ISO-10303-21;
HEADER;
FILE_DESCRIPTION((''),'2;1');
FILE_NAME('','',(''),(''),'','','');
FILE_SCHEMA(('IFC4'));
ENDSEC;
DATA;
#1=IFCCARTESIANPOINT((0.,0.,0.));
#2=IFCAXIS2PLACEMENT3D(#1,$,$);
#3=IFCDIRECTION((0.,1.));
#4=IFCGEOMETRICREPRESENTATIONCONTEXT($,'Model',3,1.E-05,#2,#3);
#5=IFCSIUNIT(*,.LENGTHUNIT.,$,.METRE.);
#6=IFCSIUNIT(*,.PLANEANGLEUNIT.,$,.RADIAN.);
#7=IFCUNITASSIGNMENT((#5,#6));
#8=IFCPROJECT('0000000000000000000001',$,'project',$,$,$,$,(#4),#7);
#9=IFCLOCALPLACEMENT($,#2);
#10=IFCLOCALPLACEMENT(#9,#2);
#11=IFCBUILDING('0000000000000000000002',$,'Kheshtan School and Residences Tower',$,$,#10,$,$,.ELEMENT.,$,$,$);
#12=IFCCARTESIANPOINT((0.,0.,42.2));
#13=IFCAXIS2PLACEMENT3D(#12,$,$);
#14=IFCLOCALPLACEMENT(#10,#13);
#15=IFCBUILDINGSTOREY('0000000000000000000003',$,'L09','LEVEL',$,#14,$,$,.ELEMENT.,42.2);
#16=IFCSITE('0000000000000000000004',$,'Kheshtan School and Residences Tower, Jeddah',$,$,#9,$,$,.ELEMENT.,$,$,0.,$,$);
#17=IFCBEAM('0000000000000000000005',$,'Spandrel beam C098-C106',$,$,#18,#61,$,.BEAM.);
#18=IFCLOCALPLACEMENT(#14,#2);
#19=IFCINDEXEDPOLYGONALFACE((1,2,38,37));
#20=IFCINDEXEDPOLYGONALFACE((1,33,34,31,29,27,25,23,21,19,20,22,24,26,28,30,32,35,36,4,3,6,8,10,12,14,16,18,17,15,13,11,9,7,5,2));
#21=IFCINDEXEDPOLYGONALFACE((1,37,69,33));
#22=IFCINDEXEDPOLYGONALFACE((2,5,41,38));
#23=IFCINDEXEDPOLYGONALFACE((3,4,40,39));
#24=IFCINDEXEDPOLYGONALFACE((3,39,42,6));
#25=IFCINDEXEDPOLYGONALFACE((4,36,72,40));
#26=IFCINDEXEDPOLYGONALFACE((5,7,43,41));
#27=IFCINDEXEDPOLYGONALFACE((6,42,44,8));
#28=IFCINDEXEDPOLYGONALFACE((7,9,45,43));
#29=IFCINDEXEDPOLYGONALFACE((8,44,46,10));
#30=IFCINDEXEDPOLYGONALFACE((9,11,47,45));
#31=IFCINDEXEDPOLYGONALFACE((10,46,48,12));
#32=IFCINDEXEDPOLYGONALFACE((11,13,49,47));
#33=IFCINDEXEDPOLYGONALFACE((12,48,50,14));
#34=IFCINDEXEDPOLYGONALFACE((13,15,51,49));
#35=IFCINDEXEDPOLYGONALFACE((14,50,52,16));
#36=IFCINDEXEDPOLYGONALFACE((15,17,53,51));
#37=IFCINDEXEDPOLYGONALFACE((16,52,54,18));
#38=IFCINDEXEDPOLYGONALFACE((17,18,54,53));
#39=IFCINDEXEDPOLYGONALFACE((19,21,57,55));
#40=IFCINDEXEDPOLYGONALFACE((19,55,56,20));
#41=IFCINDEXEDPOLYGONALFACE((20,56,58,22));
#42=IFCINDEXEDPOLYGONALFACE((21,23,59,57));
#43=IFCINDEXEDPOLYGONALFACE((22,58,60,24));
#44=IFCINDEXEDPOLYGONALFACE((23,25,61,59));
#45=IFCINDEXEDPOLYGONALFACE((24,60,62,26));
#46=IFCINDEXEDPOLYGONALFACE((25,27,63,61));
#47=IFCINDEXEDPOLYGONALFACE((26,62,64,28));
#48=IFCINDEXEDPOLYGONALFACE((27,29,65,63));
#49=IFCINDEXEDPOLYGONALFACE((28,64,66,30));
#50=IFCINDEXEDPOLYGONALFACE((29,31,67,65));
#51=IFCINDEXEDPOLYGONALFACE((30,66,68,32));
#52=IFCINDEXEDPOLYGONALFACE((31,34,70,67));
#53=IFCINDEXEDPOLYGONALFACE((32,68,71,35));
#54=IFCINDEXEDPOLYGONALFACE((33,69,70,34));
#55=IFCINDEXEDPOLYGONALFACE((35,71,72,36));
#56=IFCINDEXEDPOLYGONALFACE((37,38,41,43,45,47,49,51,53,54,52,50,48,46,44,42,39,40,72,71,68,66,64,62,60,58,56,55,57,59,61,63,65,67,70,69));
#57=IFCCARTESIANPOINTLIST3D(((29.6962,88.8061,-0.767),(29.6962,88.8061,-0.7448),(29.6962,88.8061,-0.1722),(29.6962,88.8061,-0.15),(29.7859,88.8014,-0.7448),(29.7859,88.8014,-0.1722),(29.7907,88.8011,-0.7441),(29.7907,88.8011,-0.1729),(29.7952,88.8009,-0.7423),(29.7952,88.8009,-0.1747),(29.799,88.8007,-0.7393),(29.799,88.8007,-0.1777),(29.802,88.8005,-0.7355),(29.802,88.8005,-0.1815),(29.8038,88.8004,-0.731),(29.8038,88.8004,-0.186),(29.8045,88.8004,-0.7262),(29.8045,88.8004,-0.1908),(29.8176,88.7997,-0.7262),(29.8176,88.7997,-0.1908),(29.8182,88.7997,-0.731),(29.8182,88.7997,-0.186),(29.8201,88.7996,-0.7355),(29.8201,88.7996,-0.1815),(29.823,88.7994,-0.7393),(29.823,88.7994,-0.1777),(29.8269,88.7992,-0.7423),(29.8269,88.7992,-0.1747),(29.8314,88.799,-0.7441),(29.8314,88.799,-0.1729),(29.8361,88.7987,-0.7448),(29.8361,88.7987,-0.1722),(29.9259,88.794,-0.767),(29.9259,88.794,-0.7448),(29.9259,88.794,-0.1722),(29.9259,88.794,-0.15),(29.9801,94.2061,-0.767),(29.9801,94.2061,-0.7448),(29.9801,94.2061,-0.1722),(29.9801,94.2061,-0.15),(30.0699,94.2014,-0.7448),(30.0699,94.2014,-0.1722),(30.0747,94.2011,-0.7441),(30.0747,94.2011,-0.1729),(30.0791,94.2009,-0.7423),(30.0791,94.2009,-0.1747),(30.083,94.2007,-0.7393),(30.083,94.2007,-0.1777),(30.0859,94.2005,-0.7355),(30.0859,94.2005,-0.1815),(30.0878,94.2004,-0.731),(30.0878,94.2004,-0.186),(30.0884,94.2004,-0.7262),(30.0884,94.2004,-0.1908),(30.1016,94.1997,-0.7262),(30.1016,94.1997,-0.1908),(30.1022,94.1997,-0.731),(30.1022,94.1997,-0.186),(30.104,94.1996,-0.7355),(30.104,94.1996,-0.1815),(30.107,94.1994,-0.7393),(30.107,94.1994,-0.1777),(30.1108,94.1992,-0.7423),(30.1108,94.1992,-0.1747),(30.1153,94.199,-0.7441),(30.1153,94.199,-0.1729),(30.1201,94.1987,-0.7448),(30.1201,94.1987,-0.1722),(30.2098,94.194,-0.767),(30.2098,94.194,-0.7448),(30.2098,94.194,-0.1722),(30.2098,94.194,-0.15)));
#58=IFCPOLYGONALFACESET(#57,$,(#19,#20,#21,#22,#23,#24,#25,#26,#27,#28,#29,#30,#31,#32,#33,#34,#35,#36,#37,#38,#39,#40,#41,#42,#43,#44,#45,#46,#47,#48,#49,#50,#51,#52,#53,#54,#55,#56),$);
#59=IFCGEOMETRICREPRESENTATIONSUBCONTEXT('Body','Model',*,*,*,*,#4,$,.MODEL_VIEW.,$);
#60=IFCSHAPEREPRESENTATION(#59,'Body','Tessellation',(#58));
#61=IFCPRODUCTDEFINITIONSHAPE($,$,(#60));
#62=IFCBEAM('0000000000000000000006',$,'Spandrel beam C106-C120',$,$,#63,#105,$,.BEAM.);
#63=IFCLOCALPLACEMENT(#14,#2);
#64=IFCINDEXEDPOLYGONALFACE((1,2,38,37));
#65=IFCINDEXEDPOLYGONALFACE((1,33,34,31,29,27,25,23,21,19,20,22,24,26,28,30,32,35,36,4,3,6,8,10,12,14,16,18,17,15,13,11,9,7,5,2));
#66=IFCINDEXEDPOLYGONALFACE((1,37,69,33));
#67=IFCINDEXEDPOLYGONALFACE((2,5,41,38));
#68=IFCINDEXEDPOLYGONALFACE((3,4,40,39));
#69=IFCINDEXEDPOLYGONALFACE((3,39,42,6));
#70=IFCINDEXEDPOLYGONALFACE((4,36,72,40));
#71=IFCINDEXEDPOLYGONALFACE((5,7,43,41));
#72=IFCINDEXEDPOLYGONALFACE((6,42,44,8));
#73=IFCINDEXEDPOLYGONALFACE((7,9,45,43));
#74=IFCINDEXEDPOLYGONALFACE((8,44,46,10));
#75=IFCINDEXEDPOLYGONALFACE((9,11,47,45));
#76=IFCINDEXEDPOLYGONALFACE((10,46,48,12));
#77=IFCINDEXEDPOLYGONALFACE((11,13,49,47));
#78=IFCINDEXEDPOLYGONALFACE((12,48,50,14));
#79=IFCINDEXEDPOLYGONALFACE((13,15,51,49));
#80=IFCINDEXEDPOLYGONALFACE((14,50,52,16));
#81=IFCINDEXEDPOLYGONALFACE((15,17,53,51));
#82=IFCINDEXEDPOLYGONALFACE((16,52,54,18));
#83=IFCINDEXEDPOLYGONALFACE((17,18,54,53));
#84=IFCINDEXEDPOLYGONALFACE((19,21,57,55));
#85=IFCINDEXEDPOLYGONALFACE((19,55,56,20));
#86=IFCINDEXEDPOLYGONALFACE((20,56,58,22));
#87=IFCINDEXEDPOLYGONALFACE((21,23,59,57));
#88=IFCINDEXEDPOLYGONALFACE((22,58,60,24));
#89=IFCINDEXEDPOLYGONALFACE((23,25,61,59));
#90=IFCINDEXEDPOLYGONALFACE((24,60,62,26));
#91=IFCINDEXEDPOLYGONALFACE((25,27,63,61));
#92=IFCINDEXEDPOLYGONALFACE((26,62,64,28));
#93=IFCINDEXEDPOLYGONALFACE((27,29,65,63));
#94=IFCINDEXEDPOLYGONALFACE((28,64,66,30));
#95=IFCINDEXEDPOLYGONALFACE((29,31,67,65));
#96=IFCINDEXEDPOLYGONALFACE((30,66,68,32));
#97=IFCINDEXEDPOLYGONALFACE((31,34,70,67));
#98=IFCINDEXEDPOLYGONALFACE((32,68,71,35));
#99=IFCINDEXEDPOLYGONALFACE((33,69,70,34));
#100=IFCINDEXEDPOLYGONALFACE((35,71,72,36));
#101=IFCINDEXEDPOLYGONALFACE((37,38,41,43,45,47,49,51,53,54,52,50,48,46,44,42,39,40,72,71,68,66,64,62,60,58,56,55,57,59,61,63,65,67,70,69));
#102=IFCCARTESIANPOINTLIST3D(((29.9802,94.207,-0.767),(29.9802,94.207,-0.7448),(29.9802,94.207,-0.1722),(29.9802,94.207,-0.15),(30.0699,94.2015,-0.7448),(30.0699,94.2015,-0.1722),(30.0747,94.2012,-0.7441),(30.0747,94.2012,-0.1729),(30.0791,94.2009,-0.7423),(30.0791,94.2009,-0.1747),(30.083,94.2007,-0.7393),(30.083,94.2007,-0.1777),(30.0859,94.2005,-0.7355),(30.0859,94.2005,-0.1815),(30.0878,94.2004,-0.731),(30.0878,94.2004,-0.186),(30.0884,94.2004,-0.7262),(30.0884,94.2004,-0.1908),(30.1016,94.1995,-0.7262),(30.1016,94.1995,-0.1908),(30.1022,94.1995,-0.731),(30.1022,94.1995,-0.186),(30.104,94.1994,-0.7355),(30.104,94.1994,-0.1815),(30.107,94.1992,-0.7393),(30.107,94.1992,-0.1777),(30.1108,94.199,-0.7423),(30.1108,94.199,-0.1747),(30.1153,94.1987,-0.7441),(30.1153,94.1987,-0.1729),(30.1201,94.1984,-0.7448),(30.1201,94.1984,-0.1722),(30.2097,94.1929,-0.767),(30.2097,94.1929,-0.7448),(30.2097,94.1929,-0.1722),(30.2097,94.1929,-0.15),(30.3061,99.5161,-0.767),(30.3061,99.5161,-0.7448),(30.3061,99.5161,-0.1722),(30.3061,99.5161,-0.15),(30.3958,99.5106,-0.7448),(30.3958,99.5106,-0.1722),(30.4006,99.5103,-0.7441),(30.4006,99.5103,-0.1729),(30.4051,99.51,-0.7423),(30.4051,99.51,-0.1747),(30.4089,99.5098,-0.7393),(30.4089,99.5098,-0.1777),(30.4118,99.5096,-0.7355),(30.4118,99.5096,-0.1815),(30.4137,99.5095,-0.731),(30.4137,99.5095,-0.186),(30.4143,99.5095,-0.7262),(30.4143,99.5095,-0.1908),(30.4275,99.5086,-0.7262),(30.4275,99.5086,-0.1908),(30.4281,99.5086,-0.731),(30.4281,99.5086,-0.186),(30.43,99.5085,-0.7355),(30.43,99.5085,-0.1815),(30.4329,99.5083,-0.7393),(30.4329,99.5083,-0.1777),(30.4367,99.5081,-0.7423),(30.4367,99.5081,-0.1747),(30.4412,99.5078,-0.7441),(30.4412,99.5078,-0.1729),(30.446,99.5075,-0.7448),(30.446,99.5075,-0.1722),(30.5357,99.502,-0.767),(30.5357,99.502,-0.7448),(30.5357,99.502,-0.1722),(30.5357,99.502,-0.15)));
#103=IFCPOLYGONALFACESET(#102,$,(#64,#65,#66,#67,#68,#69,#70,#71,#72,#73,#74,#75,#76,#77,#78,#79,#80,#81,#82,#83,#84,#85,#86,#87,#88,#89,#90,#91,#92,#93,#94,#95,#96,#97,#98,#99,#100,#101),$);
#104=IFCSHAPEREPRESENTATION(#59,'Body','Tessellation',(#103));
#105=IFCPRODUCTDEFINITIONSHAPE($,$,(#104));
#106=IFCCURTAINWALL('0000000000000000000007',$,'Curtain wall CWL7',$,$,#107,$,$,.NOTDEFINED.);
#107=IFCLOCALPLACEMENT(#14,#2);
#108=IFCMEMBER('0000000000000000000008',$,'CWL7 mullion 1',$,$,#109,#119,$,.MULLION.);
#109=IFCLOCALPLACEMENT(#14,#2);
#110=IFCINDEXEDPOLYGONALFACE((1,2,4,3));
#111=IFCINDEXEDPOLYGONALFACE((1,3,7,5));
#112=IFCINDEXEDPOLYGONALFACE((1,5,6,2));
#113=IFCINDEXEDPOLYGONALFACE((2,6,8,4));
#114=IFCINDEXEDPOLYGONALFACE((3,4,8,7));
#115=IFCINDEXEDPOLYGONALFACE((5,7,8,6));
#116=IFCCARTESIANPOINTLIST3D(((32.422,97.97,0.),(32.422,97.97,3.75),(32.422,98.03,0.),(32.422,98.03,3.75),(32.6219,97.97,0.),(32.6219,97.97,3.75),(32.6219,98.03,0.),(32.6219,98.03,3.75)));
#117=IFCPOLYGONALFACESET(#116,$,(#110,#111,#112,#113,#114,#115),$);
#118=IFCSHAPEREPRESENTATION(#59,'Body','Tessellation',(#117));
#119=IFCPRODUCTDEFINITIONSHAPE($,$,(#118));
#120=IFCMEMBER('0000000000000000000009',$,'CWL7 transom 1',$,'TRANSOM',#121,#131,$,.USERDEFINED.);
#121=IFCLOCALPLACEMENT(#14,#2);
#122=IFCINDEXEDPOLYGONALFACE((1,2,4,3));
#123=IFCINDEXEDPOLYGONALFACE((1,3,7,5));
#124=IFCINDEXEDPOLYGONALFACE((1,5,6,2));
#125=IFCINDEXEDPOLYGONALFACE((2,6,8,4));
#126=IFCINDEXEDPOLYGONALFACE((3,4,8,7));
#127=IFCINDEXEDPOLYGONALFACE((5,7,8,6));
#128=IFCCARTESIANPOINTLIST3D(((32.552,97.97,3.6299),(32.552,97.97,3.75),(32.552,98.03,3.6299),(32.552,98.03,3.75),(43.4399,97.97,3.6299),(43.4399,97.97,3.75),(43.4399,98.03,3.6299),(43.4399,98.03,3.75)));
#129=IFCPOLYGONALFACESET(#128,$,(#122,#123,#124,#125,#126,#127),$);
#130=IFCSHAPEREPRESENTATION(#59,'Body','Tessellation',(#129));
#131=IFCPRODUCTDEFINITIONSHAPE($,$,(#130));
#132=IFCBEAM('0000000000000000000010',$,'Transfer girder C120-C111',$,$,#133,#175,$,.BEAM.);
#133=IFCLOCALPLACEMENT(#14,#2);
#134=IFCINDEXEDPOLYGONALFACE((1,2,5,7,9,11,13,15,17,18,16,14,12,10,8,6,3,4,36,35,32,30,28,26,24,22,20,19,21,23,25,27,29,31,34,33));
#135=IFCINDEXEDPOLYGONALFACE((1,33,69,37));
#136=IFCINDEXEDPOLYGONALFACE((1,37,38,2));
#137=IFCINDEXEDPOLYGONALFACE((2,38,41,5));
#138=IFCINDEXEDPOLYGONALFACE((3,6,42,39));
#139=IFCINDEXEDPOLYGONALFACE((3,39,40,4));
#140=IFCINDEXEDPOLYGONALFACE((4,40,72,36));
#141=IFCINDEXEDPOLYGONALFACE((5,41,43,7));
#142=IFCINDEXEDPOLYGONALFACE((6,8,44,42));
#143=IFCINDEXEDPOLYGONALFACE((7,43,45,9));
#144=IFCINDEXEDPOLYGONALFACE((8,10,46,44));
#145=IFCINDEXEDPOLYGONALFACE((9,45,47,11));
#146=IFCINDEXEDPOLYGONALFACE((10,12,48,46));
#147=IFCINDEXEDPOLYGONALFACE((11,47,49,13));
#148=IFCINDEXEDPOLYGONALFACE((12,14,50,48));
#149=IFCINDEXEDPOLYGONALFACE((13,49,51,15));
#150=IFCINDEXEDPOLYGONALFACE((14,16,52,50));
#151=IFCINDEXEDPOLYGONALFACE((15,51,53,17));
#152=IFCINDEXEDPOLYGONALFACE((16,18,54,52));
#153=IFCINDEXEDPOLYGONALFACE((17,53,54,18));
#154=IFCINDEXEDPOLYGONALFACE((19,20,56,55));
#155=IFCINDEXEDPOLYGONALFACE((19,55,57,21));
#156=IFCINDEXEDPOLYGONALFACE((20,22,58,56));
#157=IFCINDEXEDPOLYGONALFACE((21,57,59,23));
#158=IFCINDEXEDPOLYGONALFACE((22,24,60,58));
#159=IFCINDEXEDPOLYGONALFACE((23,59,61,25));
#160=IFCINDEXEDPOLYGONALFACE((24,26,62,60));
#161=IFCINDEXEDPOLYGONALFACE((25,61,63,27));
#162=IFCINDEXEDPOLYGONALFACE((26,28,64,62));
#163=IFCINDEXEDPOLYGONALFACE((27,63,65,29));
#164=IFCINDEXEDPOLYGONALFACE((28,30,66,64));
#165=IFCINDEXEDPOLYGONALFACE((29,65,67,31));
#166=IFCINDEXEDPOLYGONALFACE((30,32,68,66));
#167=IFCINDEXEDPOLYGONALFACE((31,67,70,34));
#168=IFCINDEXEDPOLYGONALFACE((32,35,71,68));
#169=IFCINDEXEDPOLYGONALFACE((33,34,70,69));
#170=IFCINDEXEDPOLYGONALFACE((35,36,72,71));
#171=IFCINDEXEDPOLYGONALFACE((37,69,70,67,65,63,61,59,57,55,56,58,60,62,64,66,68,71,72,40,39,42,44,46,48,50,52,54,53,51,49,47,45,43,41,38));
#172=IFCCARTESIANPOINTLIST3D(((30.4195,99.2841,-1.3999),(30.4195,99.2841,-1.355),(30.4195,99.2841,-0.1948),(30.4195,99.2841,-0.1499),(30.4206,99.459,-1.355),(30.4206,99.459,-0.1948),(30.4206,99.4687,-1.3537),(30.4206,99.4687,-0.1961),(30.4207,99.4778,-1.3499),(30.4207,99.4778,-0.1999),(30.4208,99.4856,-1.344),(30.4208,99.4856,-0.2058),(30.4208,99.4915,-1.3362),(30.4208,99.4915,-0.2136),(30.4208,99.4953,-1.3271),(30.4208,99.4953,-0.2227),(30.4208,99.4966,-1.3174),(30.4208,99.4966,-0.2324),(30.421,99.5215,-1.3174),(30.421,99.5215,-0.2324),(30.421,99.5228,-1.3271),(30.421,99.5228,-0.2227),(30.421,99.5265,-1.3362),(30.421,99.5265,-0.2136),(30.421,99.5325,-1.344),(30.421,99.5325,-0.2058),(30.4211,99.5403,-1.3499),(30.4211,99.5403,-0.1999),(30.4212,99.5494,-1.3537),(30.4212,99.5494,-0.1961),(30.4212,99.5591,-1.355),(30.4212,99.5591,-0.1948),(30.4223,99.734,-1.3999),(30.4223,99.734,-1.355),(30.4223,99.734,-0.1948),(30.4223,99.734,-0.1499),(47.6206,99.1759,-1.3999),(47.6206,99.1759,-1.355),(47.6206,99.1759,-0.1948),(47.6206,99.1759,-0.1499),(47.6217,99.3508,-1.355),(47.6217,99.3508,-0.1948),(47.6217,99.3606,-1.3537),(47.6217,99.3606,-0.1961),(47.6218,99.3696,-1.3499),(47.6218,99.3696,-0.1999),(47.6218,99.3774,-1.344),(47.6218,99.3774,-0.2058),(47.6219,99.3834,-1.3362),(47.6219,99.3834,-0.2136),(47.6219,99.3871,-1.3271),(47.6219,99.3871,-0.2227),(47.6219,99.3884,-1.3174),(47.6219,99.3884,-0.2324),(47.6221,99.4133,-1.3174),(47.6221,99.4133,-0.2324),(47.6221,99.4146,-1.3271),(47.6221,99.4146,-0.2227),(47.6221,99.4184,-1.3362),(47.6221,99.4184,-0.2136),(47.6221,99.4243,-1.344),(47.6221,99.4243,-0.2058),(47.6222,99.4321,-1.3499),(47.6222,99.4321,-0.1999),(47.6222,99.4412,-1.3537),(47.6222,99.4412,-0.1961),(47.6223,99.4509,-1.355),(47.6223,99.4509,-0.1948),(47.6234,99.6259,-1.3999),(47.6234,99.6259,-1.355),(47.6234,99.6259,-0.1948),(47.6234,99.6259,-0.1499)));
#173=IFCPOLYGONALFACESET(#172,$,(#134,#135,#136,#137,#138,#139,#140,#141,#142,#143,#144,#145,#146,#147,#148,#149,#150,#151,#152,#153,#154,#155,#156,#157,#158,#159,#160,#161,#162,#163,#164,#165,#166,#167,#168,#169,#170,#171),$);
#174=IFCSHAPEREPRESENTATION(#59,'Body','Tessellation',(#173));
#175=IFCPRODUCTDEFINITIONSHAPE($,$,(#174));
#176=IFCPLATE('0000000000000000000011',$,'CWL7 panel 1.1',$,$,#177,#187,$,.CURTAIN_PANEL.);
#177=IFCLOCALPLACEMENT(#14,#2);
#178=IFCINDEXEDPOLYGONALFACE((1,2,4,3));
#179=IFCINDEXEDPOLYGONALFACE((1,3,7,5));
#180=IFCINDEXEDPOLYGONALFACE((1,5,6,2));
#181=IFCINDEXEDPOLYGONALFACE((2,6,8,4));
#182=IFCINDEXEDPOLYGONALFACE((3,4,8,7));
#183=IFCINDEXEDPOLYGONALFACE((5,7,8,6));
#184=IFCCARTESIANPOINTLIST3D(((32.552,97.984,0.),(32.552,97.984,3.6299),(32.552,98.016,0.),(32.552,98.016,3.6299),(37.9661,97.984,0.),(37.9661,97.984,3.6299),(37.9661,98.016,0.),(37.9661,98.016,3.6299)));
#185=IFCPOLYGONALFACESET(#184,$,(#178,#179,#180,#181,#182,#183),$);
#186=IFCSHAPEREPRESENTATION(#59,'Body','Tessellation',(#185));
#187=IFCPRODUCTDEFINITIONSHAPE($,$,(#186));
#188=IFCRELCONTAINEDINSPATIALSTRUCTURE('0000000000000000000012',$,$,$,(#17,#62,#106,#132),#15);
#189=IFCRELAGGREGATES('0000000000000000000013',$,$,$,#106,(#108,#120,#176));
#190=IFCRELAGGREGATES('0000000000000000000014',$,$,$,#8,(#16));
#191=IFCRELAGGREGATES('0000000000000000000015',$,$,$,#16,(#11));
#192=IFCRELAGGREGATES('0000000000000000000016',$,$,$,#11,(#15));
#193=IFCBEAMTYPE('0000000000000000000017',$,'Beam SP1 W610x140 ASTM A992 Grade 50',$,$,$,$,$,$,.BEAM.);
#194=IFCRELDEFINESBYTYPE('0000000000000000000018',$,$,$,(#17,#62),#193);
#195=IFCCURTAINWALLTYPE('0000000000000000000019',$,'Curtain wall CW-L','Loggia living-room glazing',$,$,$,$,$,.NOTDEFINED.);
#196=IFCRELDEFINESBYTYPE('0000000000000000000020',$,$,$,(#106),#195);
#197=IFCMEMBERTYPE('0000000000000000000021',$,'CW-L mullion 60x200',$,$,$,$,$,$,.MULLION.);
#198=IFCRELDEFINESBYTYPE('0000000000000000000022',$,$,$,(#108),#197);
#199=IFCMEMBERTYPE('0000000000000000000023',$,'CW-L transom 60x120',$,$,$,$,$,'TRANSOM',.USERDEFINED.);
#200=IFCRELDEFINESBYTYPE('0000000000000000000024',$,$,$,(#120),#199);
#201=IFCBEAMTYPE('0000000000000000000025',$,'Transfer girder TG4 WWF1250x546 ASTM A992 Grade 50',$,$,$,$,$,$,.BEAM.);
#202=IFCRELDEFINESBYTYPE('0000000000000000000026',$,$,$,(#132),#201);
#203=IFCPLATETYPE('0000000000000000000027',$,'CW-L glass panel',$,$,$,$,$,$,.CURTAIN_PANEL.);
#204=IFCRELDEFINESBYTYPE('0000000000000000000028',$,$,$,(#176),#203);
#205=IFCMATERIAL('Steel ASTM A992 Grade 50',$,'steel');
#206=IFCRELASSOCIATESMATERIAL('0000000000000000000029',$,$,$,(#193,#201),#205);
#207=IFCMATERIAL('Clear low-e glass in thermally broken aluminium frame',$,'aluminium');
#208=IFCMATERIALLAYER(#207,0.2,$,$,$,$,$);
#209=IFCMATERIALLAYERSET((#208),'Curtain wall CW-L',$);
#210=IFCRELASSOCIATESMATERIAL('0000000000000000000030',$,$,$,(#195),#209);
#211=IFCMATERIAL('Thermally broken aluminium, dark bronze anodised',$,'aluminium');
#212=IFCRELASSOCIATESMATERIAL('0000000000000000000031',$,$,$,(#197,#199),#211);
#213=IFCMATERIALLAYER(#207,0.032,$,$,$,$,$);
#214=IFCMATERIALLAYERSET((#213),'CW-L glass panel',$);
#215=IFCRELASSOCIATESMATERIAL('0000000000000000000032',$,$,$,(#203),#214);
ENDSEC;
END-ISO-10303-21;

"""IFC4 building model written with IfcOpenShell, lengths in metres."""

from ifc_helpers import new_model, si_unit, direction, frame, origin, origin_2d, place, context, subcontext, project, spatial, rectangle, i_section, extrude, material, layer, layer_set, material_profile, profile_set, type_object, element, aggregate, save


model = new_model("IFC4")

# Units and contexts
model_context = context("Model", 3, precision=1e-05, world=origin(), true_north=direction((0.0, 1.0)))
body_context = subcontext(model_context, "Body", "Model", "MODEL_VIEW")
ifc_project = project(units=[si_unit("LENGTHUNIT", "METRE"), si_unit("PLANEANGLEUNIT", "RADIAN")], contexts=[model_context])

# Site, building, storey
site_placement = place(None, origin())
site = spatial("IfcSite", under=ifc_project, at=site_placement, Name="Kheshtan School and Residences Tower, Jeddah", CompositionType="ELEMENT", RefElevation=0.0)
building_placement = place(site_placement, origin())
building = spatial("IfcBuilding", under=site, at=building_placement, Name="Kheshtan School and Residences Tower", CompositionType="ELEMENT")
storey_placement = place(building_placement, frame((0.0, 0.0, 42.2)))
storey = spatial("IfcBuildingStorey", under=building, at=storey_placement, Name="L09", Description="LEVEL", CompositionType="ELEMENT", Elevation=42.2)

# Shared definitions
ifc_material_1 = material(Name="Steel ASTM A992 Grade 50", Category="steel")

# Beams
ifc_material_profile_1 = material_profile(ifc_material_1, i_section(OverallWidth=0.23, OverallDepth=0.6169, WebThickness=0.0132, FlangeThickness=0.0222, FilletRadius=0.0186, at=origin_2d()), Name="W610x140")
ifc_profile_set_1 = profile_set([ifc_material_profile_1], Name="Steel ASTM A992 Grade 50")
beam_type_1 = type_object("IfcBeamType", Name="Beam SP1 W610x140 ASTM A992 Grade 50", PredefinedType="BEAM", material=ifc_profile_set_1)
beam_1_placement = place(storey_placement, frame((29.811, 88.8, -0.4585), z_axis=(0.052509, 0.99862, 0.0), x_axis=(-0.99862, 0.052509, 0.0)))
element("IfcBeam", 1, at=beam_1_placement, inside=storey, type_object=beam_type_1, Name="Spandrel beam C098-C106", PredefinedType="BEAM", context=body_context, shape_type="SweptSolid", body=[
    extrude(i_section(OverallWidth=0.23, OverallDepth=0.6169, WebThickness=0.0132, FlangeThickness=0.0222, FilletRadius=0.0186, at=origin_2d()), origin(), (0.0, 0.0, 1.0), 5.4075),
])
beam_2_placement = place(storey_placement, frame((30.095, 94.2, -0.4585), z_axis=(0.061275, 0.998121, 0.0), x_axis=(-0.998121, 0.061275, 0.0)))
element("IfcBeam", 2, at=beam_2_placement, inside=storey, type_object=beam_type_1, Name="Spandrel beam C106-C120", PredefinedType="BEAM", context=body_context, shape_type="SweptSolid", body=[
    extrude(i_section(OverallWidth=0.23, OverallDepth=0.6169, WebThickness=0.0132, FlangeThickness=0.0222, FilletRadius=0.0186, at=origin_2d()), origin(), (0.0, 0.0, 1.0), 5.3191),
])

# Curtain wall, members
ifc_material_2 = material(Name="Clear low-e glass in thermally broken aluminium frame", Category="aluminium")
ifc_layer_1 = layer(ifc_material_2, 0.2)
ifc_layer_set_1 = layer_set([ifc_layer_1], Name="Curtain wall CW-L")
curtain_wall_type = type_object("IfcCurtainWallType", Name="Curtain wall CW-L", Description="Loggia living-room glazing", PredefinedType="NOTDEFINED", material=ifc_layer_set_1)
curtain_wall_placement = place(storey_placement, origin())
curtain_wall = element("IfcCurtainWall", 3, at=curtain_wall_placement, inside=storey, type_object=curtain_wall_type, Name="Curtain wall CWL7", PredefinedType="NOTDEFINED")
ifc_material_3 = material(Name="Thermally broken aluminium, dark bronze anodised", Category="aluminium")
ifc_material_profile_2 = material_profile(ifc_material_3, rectangle(XDim=0.0601, YDim=0.2, at=origin_2d()), Name="CW-L mullion 60x200")
ifc_profile_set_2 = profile_set([ifc_material_profile_2], Name="Thermally broken aluminium, dark bronze anodised")
member_type_1 = type_object("IfcMemberType", Name="CW-L mullion 60x200", PredefinedType="MULLION", material=ifc_profile_set_2)
member_1_placement = place(storey_placement, frame((32.522, 98.0, 0.0), z_axis=(0.0, 0.0, 1.0), x_axis=(0.0, 1.0, 0.0)))
member_1 = element("IfcMember", 4, at=member_1_placement, type_object=member_type_1, Name="CWL7 mullion 1", PredefinedType="MULLION", context=body_context, shape_type="SweptSolid", body=[
    extrude(rectangle(XDim=0.0601, YDim=0.2, at=origin_2d()), origin(), (0.0, 0.0, 1.0), 3.75),
])
ifc_material_profile_3 = material_profile(ifc_material_3, rectangle(XDim=0.0601, YDim=0.1201, at=origin_2d()), Name="CW-L transom 60x120")
ifc_profile_set_3 = profile_set([ifc_material_profile_3], Name="Thermally broken aluminium, dark bronze anodised")
member_type_2 = type_object("IfcMemberType", Name="CW-L transom 60x120", ElementType="TRANSOM", PredefinedType="USERDEFINED", material=ifc_profile_set_3)
member_2_placement = place(storey_placement, frame((32.552, 98.0, 3.6899), z_axis=(1.0, 0.0, 0.0), x_axis=(0.0, 1.0, 0.0)))
member_2 = element("IfcMember", 5, at=member_2_placement, type_object=member_type_2, Name="CWL7 transom 1", ObjectType="TRANSOM", PredefinedType="USERDEFINED", context=body_context, shape_type="SweptSolid", body=[
    extrude(rectangle(XDim=0.0601, YDim=0.1201, at=origin_2d()), origin(), (0.0, 0.0, 1.0), 10.8879),
])

# Beam
ifc_material_profile_4 = material_profile(ifc_material_1, i_section(OverallWidth=0.45, OverallDepth=1.25, WebThickness=0.0249, FlangeThickness=0.0449, FilletRadius=0.0376, at=origin_2d()), Name="WWF1250x546")
ifc_profile_set_4 = profile_set([ifc_material_profile_4], Name="Steel ASTM A992 Grade 50")
beam_type_2 = type_object("IfcBeamType", Name="Transfer girder TG4 WWF1250x546 ASTM A992 Grade 50", PredefinedType="BEAM", material=ifc_profile_set_4)
beam_3_placement = place(storey_placement, frame((30.4209, 99.509, -0.7749), z_axis=(0.99998, -0.006287, 0.0), x_axis=(0.006287, 0.99998, 0.0)))
element("IfcBeam", 6, at=beam_3_placement, inside=storey, type_object=beam_type_2, Name="Transfer girder C120-C111", PredefinedType="BEAM", context=body_context, shape_type="SweptSolid", body=[
    extrude(i_section(OverallWidth=0.45, OverallDepth=1.25, WebThickness=0.0249, FlangeThickness=0.0449, FilletRadius=0.0376, at=origin_2d()), origin(), (0.0, 0.0, 1.0), 17.2014),
])

# Plate
ifc_layer_2 = layer(ifc_material_2, 0.032)
ifc_layer_set_2 = layer_set([ifc_layer_2], Name="CW-L glass panel")
plate_type = type_object("IfcPlateType", Name="CW-L glass panel", PredefinedType="CURTAIN_PANEL", material=ifc_layer_set_2)
plate_placement = place(storey_placement, frame((35.259, 98.0, 0.0), z_axis=(0.0, 0.0, 1.0), x_axis=(1.0, 0.0, 0.0)))
plate = element("IfcPlate", 7, at=plate_placement, type_object=plate_type, Name="CWL7 panel 1.1", PredefinedType="CURTAIN_PANEL", context=body_context, shape_type="SweptSolid", body=[
    extrude(rectangle(XDim=5.4141, YDim=0.032, at=origin_2d()), origin(), (0.0, 0.0, 1.0), 3.6299),
])
aggregate(curtain_wall, [member_1, member_2, plate])

save(model, "model.ifc")
